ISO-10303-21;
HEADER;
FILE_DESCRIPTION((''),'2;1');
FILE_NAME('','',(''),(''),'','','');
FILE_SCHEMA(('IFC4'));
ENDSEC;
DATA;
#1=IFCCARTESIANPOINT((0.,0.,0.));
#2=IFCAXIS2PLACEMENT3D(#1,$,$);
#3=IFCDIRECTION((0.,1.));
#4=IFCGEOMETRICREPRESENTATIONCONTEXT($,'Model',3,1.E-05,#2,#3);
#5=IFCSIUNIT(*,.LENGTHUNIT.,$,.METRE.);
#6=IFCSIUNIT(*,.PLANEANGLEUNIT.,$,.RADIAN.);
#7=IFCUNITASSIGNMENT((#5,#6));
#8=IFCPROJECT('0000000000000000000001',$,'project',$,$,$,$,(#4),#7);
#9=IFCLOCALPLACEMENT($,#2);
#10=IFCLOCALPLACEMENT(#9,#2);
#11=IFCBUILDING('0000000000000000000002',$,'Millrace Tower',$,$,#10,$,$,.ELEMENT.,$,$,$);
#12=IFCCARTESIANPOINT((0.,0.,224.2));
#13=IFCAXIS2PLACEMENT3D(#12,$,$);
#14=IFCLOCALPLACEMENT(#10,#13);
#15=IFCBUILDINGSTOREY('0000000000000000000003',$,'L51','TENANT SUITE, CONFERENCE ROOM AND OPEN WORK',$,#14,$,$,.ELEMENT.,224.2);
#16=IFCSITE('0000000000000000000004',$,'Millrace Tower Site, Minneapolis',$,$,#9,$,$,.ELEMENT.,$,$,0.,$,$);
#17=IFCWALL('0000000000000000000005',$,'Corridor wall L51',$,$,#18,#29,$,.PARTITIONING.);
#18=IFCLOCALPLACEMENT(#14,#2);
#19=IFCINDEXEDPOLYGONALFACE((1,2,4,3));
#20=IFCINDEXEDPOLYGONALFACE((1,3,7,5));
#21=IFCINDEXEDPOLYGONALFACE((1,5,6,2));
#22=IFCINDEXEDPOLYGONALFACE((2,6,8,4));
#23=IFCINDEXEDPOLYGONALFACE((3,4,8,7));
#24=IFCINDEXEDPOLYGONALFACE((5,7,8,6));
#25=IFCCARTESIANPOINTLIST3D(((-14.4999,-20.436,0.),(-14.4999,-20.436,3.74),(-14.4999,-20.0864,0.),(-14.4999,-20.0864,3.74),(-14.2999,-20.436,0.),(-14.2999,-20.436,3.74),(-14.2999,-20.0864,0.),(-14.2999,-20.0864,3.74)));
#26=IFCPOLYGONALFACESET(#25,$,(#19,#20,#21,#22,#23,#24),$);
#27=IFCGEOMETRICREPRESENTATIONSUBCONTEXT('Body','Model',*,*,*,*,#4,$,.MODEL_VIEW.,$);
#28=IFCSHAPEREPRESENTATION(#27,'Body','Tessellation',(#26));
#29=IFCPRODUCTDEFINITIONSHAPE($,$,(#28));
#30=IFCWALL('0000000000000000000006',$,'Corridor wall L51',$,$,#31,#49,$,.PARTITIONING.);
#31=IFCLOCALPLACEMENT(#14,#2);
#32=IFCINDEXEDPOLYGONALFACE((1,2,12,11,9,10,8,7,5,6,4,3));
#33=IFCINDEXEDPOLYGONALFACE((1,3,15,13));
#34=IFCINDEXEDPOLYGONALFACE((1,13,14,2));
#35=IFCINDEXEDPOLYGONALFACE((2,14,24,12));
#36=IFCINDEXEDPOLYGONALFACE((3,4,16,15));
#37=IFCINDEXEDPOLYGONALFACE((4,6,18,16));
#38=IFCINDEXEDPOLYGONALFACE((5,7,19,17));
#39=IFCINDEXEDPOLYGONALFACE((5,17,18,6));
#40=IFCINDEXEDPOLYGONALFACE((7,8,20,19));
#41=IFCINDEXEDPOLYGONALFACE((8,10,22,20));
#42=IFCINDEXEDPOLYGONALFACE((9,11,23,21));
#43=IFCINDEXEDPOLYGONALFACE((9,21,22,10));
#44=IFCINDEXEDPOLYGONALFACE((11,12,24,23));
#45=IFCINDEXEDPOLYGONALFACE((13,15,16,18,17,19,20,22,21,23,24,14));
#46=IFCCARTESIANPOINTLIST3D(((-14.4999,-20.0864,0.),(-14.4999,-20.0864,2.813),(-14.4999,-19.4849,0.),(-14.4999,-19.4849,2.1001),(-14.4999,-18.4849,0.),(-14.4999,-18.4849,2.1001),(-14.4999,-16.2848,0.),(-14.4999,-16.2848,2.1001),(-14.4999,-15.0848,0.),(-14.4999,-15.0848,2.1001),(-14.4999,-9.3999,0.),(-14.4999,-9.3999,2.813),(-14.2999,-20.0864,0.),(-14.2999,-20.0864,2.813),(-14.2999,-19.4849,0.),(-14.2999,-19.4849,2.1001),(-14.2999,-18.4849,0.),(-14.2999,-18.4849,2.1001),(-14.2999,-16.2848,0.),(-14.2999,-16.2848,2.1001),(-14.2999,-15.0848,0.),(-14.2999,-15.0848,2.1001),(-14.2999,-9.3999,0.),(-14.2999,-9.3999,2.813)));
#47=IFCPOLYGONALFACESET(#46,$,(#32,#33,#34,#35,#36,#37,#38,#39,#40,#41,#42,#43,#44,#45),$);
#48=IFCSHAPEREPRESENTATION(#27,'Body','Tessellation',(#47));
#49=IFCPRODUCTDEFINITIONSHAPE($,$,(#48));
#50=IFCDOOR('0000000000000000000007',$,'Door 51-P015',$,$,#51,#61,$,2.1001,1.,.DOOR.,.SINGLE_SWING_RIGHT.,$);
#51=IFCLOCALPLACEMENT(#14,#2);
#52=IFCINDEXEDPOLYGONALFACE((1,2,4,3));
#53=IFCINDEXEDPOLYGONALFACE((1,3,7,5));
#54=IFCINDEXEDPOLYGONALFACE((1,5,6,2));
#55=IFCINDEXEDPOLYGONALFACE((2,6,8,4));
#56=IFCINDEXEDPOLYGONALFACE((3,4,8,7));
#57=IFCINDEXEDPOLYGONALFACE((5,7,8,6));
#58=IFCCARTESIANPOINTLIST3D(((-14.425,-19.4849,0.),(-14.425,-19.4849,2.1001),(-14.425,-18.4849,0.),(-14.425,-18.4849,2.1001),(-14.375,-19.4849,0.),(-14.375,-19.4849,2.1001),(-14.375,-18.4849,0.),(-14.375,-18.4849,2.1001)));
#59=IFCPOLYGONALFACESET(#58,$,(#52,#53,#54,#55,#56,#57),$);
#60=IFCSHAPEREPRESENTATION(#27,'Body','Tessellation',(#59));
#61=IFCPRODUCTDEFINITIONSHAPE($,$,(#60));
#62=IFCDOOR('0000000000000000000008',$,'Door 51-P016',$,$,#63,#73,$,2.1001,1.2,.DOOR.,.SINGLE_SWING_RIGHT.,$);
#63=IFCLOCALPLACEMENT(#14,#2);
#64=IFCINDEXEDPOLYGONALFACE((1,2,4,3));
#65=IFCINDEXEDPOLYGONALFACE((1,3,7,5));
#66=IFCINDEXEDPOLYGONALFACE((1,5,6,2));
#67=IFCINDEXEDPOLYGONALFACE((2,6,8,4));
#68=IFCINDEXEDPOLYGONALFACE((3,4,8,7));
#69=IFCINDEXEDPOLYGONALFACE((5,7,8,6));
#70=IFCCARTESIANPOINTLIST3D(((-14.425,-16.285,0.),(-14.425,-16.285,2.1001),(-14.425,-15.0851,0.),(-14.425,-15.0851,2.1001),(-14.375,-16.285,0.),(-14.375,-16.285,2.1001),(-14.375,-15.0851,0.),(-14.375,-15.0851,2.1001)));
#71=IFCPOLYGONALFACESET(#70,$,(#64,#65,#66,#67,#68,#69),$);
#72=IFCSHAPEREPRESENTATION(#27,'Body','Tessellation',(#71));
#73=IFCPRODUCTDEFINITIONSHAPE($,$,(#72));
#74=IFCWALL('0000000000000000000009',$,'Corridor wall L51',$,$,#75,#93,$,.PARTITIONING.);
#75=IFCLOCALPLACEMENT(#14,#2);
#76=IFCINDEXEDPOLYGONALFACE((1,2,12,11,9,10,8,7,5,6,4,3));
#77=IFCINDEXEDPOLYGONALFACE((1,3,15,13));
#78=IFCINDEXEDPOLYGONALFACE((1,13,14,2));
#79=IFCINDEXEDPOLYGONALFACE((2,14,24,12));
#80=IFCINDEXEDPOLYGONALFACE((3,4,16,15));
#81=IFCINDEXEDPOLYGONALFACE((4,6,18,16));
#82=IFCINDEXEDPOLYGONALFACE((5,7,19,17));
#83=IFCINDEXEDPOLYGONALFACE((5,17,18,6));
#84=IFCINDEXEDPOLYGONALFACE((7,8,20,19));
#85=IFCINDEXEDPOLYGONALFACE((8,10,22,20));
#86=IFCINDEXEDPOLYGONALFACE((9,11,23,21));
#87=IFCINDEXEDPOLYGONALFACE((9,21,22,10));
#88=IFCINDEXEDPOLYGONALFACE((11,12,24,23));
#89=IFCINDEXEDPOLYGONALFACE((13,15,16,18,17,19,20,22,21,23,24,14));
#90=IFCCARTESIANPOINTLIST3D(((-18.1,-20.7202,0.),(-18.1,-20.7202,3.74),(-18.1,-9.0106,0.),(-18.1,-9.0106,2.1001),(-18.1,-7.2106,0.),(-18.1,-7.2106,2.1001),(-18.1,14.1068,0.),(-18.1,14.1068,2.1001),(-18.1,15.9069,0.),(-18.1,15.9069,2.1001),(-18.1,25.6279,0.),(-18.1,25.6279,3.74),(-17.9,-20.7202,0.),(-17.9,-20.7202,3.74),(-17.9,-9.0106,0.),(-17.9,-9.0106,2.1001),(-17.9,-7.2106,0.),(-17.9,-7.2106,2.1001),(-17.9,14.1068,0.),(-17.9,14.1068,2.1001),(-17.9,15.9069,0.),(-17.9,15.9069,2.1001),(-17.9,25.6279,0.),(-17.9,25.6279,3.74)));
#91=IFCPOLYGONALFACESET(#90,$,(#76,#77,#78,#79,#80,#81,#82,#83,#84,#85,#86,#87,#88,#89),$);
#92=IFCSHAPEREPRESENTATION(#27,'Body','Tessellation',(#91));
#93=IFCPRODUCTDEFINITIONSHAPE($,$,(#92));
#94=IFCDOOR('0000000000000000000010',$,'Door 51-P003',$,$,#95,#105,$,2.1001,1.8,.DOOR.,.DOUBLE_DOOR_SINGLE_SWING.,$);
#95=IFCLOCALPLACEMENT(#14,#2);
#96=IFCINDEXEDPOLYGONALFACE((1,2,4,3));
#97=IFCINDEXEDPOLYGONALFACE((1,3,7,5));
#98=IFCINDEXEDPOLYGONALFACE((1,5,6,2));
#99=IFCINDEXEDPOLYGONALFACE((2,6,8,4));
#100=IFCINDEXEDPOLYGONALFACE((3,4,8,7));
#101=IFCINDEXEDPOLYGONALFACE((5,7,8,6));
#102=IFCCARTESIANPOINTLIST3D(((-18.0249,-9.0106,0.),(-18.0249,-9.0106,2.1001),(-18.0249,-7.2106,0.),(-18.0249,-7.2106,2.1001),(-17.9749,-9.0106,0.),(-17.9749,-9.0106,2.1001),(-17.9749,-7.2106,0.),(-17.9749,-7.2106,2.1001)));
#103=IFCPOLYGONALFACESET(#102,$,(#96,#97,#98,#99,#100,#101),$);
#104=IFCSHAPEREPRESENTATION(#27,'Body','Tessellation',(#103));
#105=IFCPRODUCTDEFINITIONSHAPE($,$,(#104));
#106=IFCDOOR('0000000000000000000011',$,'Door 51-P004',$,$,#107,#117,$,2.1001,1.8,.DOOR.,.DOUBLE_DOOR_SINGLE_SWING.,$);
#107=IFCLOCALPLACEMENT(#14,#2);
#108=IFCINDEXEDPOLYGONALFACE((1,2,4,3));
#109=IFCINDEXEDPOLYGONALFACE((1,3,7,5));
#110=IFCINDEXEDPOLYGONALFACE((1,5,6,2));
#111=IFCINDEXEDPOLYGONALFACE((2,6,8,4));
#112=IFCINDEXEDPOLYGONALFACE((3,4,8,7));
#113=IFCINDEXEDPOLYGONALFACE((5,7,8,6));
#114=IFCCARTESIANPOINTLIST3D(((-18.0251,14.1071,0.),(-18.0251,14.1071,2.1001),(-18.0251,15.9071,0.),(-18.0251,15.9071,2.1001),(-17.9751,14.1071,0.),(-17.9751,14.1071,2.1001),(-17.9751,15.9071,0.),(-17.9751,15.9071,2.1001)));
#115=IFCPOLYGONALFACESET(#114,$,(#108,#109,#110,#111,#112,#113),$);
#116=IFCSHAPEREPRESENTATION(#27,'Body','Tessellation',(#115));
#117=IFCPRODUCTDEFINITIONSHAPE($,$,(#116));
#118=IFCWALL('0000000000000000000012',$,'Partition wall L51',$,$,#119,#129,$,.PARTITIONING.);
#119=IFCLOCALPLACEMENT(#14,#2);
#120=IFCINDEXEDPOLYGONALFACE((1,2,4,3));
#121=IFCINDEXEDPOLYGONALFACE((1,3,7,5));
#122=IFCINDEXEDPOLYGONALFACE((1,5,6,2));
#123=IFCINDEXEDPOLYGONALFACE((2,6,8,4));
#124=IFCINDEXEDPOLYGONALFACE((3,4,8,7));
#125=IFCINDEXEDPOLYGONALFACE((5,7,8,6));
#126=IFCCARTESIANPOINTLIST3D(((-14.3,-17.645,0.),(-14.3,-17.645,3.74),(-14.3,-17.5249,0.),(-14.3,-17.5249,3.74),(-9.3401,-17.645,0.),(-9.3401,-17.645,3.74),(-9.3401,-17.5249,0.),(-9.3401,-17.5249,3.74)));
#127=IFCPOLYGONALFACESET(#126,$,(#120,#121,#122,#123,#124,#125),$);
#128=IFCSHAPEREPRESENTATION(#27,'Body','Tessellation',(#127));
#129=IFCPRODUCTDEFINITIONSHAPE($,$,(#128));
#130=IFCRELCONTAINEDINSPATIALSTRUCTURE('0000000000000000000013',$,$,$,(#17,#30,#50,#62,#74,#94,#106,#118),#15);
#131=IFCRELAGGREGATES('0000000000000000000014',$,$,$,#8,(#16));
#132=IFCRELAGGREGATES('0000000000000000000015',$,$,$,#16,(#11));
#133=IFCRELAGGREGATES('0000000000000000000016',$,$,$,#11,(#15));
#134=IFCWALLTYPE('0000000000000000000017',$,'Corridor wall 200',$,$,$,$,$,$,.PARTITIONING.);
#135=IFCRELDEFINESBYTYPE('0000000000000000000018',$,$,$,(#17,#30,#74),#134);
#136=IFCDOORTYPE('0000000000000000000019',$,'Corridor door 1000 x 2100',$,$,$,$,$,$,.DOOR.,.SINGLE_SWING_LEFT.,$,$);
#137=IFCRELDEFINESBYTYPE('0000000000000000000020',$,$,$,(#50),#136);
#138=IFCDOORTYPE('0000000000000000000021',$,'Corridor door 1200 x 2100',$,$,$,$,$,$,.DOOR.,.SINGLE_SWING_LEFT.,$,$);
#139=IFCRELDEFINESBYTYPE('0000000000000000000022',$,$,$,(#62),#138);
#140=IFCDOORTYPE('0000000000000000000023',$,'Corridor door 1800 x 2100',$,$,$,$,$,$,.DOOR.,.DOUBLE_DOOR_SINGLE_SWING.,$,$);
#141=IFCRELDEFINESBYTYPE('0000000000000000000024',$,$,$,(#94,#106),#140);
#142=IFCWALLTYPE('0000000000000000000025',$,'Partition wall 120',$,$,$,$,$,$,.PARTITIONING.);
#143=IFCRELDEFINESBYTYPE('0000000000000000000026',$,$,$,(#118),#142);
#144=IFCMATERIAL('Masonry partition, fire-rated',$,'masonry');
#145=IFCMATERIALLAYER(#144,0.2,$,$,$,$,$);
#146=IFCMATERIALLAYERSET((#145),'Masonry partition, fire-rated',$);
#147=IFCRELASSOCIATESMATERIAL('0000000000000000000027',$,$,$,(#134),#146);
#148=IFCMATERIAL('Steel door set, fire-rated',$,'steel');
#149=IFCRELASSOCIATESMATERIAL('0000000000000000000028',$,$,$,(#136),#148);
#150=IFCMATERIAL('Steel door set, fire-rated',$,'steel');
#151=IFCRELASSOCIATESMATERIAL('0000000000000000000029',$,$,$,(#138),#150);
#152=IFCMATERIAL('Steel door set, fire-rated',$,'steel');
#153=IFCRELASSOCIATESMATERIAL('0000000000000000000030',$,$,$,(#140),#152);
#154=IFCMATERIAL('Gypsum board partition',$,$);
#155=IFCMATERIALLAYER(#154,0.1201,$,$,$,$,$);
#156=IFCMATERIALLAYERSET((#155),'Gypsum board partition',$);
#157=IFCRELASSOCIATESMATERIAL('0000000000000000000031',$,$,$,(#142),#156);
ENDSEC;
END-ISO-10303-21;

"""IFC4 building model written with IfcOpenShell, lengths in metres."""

from ifc_helpers import new_model, si_unit, direction, frame, frame_2d, origin, place, context, subcontext, project, spatial, rectangle, extrude, material, layer, layer_set, type_object, element, fill, save


model = new_model("IFC4")

# Units and contexts
model_context = context("Model", 3, precision=1e-05, world=origin(), true_north=direction((0.0, 1.0)))
body_context = subcontext(model_context, "Body", "Model", "MODEL_VIEW")
ifc_project = project(units=[si_unit("LENGTHUNIT", "METRE"), si_unit("PLANEANGLEUNIT", "RADIAN")], contexts=[model_context])

# Site, building, storey
site_placement = place(None, origin())
site = spatial("IfcSite", under=ifc_project, at=site_placement, Name="Millrace Tower Site, Minneapolis", CompositionType="ELEMENT", RefElevation=0.0)
building_placement = place(site_placement, origin())
building = spatial("IfcBuilding", under=site, at=building_placement, Name="Millrace Tower", CompositionType="ELEMENT")
storey_placement = place(building_placement, frame((0.0, 0.0, 224.2)))
storey = spatial("IfcBuildingStorey", under=building, at=storey_placement, Name="L51", Description="TENANT SUITE, CONFERENCE ROOM AND OPEN WORK", CompositionType="ELEMENT", Elevation=224.2)

# Wall
ifc_material_1 = material(Name="Masonry partition, fire-rated", Category="masonry")
ifc_layer_1 = layer(ifc_material_1, 0.2)
ifc_layer_set_1 = layer_set([ifc_layer_1], Name="Masonry partition, fire-rated")
wall_type_1 = type_object("IfcWallType", Name="Corridor wall 200", PredefinedType="PARTITIONING", material=ifc_layer_set_1)
wall_1_placement = place(storey_placement, frame((-14.3999, -20.436, 0.0), z_axis=(0.0, 0.0, 1.0), x_axis=(0.0, 1.0, 0.0)))
element("IfcWall", 1, at=wall_1_placement, inside=storey, type_object=wall_type_1, Name="Corridor wall L51", PredefinedType="PARTITIONING", context=body_context, shape_type="SweptSolid", body=[
    extrude(rectangle(XDim=0.3496, YDim=0.2, at=frame_2d((0.1748, 0.0))), origin(), (0.0, 0.0, 1.0), 3.74),
])

# Walls, openings, doors
wall_2_placement = place(storey_placement, frame((-14.3999, -20.0864, 0.0), z_axis=(0.0, 0.0, 1.0), x_axis=(0.0, 1.0, 0.0)))
wall_2 = element("IfcWall", 2, at=wall_2_placement, inside=storey, type_object=wall_type_1, Name="Corridor wall L51", PredefinedType="PARTITIONING", context=body_context, shape_type="SweptSolid", body=[
    extrude(rectangle(XDim=10.6865, YDim=0.2, at=frame_2d((5.3433, 0.0))), origin(), (0.0, 0.0, 1.0), 2.813),
])
opening_1_placement = place(wall_2_placement, frame((0.6016, 0.0, 0.0)))
opening_1 = element("IfcOpeningElement", 3, at=opening_1_placement, cuts=wall_2, PredefinedType="OPENING", context=body_context, shape_type="SweptSolid", body=[
    extrude(rectangle(XDim=1.0, YDim=2.1001, at=frame_2d((0.5, 1.05))), frame((0.0, 0.1099, 0.0), z_axis=(0.0, -1.0, 0.0), x_axis=(1.0, 0.0, 0.0)), (0.0, 0.0, 1.0), 0.22),
])
opening_2_placement = place(wall_2_placement, frame((3.8015, 0.0, 0.0)))
opening_2 = element("IfcOpeningElement", 4, at=opening_2_placement, cuts=wall_2, PredefinedType="OPENING", context=body_context, shape_type="SweptSolid", body=[
    extrude(rectangle(XDim=1.2, YDim=2.1001, at=frame_2d((0.6001, 1.05))), frame((0.0, 0.1099, 0.0), z_axis=(0.0, -1.0, 0.0), x_axis=(1.0, 0.0, 0.0)), (0.0, 0.0, 1.0), 0.22),
])
ifc_material_2 = material(Name="Steel door set, fire-rated", Category="steel")
door_type_1 = type_object("IfcDoorType", Name="Corridor door 1000 x 2100", OperationType="SINGLE_SWING_LEFT", PredefinedType="DOOR", material=ifc_material_2)
door_1_placement = place(opening_1_placement, frame((1.0, 0.0, 0.0), z_axis=(0.0, 0.0, 1.0), x_axis=(-1.0, 0.0, 0.0)))
door_1 = element("IfcDoor", 5, at=door_1_placement, inside=storey, type_object=door_type_1, Name="Door 51-P015", OperationType="SINGLE_SWING_RIGHT", OverallHeight=2.1001, OverallWidth=1.0, PredefinedType="DOOR", context=body_context, shape_type="SweptSolid", body=[
    extrude(rectangle(XDim=1.0, YDim=2.1001, at=frame_2d((0.5, 1.05))), frame((0.0, 0.0249, 0.0), z_axis=(0.0, -1.0, 0.0), x_axis=(1.0, 0.0, 0.0)), (0.0, 0.0, 1.0), 0.05),
])
fill(opening_1, door_1)
ifc_material_3 = material(Name="Steel door set, fire-rated", Category="steel")
door_type_2 = type_object("IfcDoorType", Name="Corridor door 1200 x 2100", OperationType="SINGLE_SWING_LEFT", PredefinedType="DOOR", material=ifc_material_3)
door_2_placement = place(opening_2_placement, frame((1.2, 0.0, 0.0), z_axis=(0.0, 0.0, 1.0), x_axis=(-1.0, 0.0, 0.0)))
door_2 = element("IfcDoor", 6, at=door_2_placement, inside=storey, type_object=door_type_2, Name="Door 51-P016", OperationType="SINGLE_SWING_RIGHT", OverallHeight=2.1001, OverallWidth=1.2, PredefinedType="DOOR", context=body_context, shape_type="SweptSolid", body=[
    extrude(rectangle(XDim=1.2, YDim=2.1001, at=frame_2d((0.6001, 1.05))), frame((0.0, 0.0249, 0.0), z_axis=(0.0, -1.0, 0.0), x_axis=(1.0, 0.0, 0.0)), (0.0, 0.0, 1.0), 0.05),
])
fill(opening_2, door_2)
wall_3_placement = place(storey_placement, frame((-18.0, -20.7202, 0.0), z_axis=(0.0, 0.0, 1.0), x_axis=(0.0, 1.0, 0.0)))
wall_3 = element("IfcWall", 7, at=wall_3_placement, inside=storey, type_object=wall_type_1, Name="Corridor wall L51", PredefinedType="PARTITIONING", context=body_context, shape_type="SweptSolid", body=[
    extrude(rectangle(XDim=46.3481, YDim=0.2, at=frame_2d((23.1741, 0.0))), origin(), (0.0, 0.0, 1.0), 3.74),
])
opening_3_placement = place(wall_3_placement, frame((11.7097, 0.0, 0.0)))
opening_3 = element("IfcOpeningElement", 8, at=opening_3_placement, cuts=wall_3, PredefinedType="OPENING", context=body_context, shape_type="SweptSolid", body=[
    extrude(rectangle(XDim=1.8, YDim=2.1001, at=frame_2d((0.8999, 1.05))), frame((0.0, 0.1099, 0.0), z_axis=(0.0, -1.0, 0.0), x_axis=(1.0, 0.0, 0.0)), (0.0, 0.0, 1.0), 0.22),
])
opening_4_placement = place(wall_3_placement, frame((34.8271, 0.0, 0.0)))
opening_4 = element("IfcOpeningElement", 9, at=opening_4_placement, cuts=wall_3, PredefinedType="OPENING", context=body_context, shape_type="SweptSolid", body=[
    extrude(rectangle(XDim=1.8, YDim=2.1001, at=frame_2d((0.8999, 1.05))), frame((0.0, 0.1099, 0.0), z_axis=(0.0, -1.0, 0.0), x_axis=(1.0, 0.0, 0.0)), (0.0, 0.0, 1.0), 0.22),
])
ifc_material_4 = material(Name="Steel door set, fire-rated", Category="steel")
door_type_3 = type_object("IfcDoorType", Name="Corridor door 1800 x 2100", OperationType="DOUBLE_DOOR_SINGLE_SWING", PredefinedType="DOOR", material=ifc_material_4)
door_3_placement = place(opening_3_placement, origin())
door_3 = element("IfcDoor", 10, at=door_3_placement, inside=storey, type_object=door_type_3, Name="Door 51-P003", OperationType="DOUBLE_DOOR_SINGLE_SWING", OverallHeight=2.1001, OverallWidth=1.8, PredefinedType="DOOR", context=body_context, shape_type="SweptSolid", body=[
    extrude(rectangle(XDim=1.8, YDim=2.1001, at=frame_2d((0.8999, 1.05))), frame((0.0, 0.0249, 0.0), z_axis=(0.0, -1.0, 0.0), x_axis=(1.0, 0.0, 0.0)), (0.0, 0.0, 1.0), 0.05),
])
fill(opening_3, door_3)
door_4_placement = place(opening_4_placement, frame((1.8, 0.0, 0.0), z_axis=(0.0, 0.0, 1.0), x_axis=(-1.0, 0.0, 0.0)))
door_4 = element("IfcDoor", 11, at=door_4_placement, inside=storey, type_object=door_type_3, Name="Door 51-P004", OperationType="DOUBLE_DOOR_SINGLE_SWING", OverallHeight=2.1001, OverallWidth=1.8, PredefinedType="DOOR", context=body_context, shape_type="SweptSolid", body=[
    extrude(rectangle(XDim=1.8, YDim=2.1001, at=frame_2d((0.8999, 1.05))), frame((0.0, 0.0249, 0.0), z_axis=(0.0, -1.0, 0.0), x_axis=(1.0, 0.0, 0.0)), (0.0, 0.0, 1.0), 0.05),
])
fill(opening_4, door_4)

# Wall
ifc_material_5 = material(Name="Gypsum board partition")
ifc_layer_2 = layer(ifc_material_5, 0.1201)
ifc_layer_set_2 = layer_set([ifc_layer_2], Name="Gypsum board partition")
wall_type_2 = type_object("IfcWallType", Name="Partition wall 120", PredefinedType="PARTITIONING", material=ifc_layer_set_2)
wall_4_placement = place(storey_placement, frame((-14.3, -17.585, 0.0), z_axis=(0.0, 0.0, 1.0), x_axis=(1.0, 0.0, 0.0)))
element("IfcWall", 12, at=wall_4_placement, inside=storey, type_object=wall_type_2, Name="Partition wall L51", PredefinedType="PARTITIONING", context=body_context, shape_type="SweptSolid", body=[
    extrude(rectangle(XDim=4.96, YDim=0.1201, at=frame_2d((2.48, 0.0))), origin(), (0.0, 0.0, 1.0), 3.74),
])

save(model, "model.ifc")
